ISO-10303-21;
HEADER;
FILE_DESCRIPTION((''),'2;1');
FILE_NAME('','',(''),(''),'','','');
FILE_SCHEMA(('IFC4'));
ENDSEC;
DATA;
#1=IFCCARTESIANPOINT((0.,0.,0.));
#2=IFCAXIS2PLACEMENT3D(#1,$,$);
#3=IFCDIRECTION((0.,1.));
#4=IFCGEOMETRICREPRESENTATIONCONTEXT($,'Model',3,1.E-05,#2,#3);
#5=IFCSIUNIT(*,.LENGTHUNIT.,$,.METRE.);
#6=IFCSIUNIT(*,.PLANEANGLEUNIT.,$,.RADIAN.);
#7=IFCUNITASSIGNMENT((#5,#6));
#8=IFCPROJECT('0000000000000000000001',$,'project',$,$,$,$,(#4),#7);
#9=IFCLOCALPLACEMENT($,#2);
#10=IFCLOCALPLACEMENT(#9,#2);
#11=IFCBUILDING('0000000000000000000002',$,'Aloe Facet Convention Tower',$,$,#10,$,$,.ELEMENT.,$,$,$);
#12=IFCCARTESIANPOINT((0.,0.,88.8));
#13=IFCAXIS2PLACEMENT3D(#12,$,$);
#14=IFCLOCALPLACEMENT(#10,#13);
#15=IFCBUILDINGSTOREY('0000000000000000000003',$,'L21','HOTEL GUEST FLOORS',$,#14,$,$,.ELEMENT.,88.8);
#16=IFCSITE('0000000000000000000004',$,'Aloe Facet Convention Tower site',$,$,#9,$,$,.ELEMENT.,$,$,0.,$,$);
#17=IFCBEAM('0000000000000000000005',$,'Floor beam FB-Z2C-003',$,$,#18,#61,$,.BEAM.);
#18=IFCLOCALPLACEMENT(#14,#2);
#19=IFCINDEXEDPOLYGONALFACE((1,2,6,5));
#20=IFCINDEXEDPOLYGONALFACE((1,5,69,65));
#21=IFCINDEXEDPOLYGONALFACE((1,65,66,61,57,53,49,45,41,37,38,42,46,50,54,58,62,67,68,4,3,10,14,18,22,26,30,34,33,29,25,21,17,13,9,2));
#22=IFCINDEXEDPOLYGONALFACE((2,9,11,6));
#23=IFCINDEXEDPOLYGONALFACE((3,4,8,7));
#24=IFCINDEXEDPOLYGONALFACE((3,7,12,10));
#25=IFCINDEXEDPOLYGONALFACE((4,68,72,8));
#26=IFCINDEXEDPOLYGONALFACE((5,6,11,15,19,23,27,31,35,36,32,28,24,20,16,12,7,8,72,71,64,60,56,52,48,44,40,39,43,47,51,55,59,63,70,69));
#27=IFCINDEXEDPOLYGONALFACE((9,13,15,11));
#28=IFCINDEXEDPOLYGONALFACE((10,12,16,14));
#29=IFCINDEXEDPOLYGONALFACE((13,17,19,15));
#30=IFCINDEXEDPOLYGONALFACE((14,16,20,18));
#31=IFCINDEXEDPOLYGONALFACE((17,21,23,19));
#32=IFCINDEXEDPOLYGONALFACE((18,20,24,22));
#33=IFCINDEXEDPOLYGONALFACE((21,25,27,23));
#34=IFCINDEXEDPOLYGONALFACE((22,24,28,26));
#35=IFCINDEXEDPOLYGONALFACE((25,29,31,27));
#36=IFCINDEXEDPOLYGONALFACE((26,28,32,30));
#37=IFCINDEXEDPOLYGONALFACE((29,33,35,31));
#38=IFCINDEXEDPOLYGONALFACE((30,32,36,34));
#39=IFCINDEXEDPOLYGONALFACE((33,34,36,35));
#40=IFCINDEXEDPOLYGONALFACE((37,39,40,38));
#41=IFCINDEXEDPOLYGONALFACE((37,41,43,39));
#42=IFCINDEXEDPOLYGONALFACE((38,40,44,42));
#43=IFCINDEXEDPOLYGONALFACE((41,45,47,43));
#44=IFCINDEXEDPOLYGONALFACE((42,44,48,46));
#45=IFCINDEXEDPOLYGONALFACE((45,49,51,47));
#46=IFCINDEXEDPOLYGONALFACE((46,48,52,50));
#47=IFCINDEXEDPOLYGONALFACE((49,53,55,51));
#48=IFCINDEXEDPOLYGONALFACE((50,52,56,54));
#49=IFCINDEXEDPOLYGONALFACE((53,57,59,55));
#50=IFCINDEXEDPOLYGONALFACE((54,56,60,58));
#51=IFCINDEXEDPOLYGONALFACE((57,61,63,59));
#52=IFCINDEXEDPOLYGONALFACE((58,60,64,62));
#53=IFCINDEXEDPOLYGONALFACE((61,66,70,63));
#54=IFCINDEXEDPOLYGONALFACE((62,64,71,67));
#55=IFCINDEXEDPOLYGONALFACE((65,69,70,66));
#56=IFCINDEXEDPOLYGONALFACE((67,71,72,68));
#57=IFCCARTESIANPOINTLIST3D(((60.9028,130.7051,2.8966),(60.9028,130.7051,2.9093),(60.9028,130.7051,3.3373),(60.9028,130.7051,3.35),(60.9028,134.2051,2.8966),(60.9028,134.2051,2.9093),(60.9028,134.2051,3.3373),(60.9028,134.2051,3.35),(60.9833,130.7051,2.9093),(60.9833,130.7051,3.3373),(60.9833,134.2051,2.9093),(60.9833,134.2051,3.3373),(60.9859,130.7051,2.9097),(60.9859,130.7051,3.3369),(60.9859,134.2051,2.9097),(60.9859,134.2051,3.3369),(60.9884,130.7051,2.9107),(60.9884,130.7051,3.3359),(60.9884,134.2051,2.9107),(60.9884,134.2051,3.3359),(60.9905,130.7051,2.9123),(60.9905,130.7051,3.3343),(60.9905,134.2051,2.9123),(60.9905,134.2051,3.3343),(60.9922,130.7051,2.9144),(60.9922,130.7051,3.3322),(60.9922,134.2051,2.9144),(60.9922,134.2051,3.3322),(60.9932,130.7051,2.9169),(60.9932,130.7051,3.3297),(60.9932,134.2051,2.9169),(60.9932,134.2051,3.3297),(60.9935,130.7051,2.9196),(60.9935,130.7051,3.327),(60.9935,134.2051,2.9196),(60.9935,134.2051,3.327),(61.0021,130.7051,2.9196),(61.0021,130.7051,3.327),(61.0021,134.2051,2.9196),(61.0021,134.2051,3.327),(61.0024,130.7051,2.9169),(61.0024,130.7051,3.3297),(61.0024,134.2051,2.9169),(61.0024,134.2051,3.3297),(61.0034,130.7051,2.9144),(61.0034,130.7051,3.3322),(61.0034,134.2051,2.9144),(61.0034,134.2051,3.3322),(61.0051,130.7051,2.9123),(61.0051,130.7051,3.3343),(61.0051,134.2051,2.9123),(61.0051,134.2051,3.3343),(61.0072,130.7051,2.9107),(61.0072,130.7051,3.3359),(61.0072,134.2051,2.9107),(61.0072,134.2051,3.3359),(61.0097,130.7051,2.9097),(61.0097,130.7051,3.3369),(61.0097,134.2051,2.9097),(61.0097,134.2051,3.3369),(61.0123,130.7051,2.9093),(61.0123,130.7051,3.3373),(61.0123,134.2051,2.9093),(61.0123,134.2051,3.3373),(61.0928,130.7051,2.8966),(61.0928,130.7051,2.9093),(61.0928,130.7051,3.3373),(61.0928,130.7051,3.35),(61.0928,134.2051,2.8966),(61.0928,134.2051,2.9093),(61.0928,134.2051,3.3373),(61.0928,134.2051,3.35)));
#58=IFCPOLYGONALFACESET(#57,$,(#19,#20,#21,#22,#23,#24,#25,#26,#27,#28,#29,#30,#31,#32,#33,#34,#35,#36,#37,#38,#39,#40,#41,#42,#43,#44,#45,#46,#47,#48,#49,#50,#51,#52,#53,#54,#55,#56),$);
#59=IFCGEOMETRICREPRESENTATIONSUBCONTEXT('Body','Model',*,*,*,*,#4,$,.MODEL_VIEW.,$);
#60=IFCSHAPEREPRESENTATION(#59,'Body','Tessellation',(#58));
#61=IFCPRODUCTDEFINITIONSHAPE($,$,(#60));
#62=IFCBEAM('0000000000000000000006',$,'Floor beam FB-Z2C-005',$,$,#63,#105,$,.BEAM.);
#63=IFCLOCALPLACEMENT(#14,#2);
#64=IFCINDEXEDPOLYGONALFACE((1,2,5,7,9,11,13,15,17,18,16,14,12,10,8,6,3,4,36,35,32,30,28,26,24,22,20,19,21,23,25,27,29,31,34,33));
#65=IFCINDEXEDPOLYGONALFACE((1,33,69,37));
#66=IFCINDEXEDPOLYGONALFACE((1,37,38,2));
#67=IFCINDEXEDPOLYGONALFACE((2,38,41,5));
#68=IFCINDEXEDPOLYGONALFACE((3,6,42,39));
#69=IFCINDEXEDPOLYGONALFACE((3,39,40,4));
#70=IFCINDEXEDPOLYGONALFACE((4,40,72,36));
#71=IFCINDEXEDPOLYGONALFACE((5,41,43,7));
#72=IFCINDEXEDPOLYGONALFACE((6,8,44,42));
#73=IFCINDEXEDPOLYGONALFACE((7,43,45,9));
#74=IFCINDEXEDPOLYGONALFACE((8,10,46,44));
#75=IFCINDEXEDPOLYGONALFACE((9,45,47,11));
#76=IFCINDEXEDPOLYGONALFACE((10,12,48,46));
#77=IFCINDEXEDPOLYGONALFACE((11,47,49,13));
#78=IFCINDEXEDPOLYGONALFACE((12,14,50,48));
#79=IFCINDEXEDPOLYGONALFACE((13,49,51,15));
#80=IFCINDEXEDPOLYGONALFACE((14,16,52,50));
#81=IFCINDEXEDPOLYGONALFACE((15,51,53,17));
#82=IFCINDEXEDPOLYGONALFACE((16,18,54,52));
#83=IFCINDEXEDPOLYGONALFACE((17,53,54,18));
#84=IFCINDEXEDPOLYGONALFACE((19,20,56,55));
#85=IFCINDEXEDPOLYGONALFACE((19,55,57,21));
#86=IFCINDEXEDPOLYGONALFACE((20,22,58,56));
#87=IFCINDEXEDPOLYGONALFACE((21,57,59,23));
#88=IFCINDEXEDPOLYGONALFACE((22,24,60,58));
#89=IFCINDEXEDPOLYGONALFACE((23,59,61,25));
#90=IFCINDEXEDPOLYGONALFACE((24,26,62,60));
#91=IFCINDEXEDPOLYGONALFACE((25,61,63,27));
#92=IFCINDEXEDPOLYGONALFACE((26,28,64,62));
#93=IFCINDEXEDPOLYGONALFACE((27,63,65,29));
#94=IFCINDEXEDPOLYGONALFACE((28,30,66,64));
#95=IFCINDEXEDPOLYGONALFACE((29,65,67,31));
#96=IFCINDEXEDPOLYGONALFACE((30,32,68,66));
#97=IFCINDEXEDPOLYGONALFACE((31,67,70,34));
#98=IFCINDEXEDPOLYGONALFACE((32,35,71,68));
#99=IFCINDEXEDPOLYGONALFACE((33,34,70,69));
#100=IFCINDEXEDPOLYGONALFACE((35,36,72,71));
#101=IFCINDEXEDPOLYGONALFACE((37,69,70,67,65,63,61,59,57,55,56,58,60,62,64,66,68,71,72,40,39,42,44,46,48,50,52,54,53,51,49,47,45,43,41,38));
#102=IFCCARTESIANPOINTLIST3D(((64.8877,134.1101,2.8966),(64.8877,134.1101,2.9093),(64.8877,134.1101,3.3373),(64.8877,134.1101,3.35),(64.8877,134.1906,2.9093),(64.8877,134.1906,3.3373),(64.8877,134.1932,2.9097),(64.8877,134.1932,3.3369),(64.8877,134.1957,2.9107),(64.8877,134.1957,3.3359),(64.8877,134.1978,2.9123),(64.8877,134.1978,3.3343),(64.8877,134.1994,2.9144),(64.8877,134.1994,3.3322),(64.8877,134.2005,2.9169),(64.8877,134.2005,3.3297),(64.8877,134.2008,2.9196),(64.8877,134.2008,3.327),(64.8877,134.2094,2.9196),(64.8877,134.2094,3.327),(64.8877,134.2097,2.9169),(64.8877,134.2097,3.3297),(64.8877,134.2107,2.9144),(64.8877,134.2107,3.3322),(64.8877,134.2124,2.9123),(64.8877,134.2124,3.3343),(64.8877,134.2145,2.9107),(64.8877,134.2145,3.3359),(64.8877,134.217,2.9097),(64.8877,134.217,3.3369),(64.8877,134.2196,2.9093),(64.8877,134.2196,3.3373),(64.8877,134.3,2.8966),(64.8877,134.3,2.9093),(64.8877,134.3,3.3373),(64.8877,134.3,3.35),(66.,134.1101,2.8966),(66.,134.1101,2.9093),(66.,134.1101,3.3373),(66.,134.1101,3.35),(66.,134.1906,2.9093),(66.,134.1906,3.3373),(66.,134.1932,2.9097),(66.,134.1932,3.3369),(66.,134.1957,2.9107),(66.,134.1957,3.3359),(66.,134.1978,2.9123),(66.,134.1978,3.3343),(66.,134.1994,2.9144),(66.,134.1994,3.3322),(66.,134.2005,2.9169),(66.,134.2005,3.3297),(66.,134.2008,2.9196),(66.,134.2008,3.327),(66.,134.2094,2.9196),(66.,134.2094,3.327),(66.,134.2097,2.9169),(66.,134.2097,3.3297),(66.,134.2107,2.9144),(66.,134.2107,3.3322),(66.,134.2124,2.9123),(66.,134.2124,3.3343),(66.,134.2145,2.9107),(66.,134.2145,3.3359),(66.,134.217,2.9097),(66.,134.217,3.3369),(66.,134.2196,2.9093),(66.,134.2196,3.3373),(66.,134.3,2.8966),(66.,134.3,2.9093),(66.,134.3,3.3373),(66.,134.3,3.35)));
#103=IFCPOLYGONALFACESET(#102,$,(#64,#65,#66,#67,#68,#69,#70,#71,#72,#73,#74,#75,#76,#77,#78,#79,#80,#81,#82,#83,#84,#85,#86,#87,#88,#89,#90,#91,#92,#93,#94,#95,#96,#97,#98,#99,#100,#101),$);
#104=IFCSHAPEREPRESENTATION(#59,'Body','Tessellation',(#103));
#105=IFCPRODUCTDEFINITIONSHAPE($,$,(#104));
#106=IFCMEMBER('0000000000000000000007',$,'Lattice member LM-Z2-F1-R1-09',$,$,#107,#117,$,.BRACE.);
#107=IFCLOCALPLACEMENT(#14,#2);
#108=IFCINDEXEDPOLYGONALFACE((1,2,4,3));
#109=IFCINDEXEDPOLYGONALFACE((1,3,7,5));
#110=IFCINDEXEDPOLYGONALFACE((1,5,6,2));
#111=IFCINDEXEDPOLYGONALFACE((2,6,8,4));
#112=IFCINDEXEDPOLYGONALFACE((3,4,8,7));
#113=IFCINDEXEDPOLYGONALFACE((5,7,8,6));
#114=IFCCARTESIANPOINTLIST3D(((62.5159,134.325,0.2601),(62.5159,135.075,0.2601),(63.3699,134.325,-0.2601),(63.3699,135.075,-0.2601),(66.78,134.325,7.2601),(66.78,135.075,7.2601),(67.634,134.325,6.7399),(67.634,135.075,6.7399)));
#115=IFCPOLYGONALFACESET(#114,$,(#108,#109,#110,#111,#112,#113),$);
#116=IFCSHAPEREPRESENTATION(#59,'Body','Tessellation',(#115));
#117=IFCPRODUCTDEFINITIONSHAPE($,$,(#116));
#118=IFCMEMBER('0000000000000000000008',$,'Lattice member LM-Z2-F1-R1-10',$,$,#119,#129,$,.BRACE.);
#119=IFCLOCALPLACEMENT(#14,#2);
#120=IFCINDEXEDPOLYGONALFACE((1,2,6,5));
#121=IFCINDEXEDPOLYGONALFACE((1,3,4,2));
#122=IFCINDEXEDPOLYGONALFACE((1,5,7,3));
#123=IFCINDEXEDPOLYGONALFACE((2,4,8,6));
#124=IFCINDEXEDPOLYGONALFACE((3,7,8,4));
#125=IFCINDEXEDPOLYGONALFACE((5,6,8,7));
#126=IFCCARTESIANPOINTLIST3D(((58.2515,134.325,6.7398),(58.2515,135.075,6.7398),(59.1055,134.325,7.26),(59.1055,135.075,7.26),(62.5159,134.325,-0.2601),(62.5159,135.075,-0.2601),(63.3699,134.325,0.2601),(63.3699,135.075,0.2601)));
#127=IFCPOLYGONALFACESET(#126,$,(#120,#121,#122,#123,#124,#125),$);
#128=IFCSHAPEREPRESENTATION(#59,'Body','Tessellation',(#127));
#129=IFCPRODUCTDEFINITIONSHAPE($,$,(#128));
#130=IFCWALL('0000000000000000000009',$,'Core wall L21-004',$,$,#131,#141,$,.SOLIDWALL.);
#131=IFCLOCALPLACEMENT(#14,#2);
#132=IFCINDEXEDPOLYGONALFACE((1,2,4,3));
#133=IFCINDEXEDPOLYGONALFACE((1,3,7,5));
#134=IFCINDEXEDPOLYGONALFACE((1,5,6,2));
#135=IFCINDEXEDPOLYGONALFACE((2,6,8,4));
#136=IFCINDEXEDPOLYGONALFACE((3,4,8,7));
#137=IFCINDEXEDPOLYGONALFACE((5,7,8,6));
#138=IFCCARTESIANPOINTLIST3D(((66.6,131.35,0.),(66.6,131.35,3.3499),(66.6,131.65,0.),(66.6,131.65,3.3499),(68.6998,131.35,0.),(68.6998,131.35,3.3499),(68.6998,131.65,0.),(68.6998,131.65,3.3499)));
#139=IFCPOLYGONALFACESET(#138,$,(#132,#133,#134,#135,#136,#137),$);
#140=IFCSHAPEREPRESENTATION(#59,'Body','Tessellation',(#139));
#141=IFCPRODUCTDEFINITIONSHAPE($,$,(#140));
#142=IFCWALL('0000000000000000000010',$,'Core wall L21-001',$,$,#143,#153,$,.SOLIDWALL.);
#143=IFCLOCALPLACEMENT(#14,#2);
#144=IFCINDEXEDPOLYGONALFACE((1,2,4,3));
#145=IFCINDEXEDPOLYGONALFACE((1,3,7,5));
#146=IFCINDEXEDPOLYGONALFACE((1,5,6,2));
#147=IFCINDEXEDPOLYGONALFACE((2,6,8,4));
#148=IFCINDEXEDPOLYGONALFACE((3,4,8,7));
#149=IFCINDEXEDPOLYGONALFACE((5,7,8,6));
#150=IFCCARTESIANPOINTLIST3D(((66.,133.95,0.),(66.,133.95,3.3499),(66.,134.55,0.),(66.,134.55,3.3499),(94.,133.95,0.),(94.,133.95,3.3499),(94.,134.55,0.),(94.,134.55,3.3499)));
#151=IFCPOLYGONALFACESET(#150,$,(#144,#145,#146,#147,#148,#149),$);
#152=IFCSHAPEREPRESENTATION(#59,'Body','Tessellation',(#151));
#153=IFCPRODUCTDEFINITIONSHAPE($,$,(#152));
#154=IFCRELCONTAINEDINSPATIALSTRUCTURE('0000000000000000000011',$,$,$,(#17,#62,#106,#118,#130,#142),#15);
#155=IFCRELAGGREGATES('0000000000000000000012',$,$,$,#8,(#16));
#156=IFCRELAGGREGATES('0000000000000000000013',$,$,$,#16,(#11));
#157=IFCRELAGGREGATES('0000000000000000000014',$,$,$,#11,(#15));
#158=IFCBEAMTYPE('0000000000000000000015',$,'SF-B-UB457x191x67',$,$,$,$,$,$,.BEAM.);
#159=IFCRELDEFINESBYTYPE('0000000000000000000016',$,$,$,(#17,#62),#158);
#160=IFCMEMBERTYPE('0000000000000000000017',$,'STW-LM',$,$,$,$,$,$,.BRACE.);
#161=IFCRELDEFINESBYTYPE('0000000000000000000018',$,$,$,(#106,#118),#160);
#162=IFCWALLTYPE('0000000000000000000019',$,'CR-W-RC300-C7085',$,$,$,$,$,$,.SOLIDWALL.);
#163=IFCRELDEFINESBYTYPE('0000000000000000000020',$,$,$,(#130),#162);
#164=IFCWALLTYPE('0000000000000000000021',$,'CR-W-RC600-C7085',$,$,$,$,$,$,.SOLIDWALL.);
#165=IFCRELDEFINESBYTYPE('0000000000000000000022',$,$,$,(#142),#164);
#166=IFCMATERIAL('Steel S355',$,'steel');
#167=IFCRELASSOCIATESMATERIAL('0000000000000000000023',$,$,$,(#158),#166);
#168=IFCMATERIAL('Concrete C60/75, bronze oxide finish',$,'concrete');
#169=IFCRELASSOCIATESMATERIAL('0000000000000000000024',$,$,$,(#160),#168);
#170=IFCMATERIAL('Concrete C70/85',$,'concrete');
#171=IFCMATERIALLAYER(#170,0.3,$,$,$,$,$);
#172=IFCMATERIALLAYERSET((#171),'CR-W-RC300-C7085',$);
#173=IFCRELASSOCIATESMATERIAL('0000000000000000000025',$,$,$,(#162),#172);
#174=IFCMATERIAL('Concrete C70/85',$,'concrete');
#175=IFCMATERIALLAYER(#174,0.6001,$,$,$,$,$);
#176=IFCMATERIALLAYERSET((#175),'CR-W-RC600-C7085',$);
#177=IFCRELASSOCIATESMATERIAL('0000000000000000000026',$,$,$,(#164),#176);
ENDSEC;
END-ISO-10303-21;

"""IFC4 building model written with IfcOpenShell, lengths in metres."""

from ifc_helpers import new_model, si_unit, direction, frame, frame_2d, origin, origin_2d, place, context, subcontext, project, spatial, rectangle, i_section, extrude, material, layer, layer_set, material_profile, profile_set, type_object, element, save


model = new_model("IFC4")

# Units and contexts
model_context = context("Model", 3, precision=1e-05, world=origin(), true_north=direction((0.0, 1.0)))
body_context = subcontext(model_context, "Body", "Model", "MODEL_VIEW")
ifc_project = project(units=[si_unit("LENGTHUNIT", "METRE"), si_unit("PLANEANGLEUNIT", "RADIAN")], contexts=[model_context])

# Site, building, storey
site_placement = place(None, origin())
site = spatial("IfcSite", under=ifc_project, at=site_placement, Name="Aloe Facet Convention Tower site", CompositionType="ELEMENT", RefElevation=0.0)
building_placement = place(site_placement, origin())
building = spatial("IfcBuilding", under=site, at=building_placement, Name="Aloe Facet Convention Tower", CompositionType="ELEMENT")
storey_placement = place(building_placement, frame((0.0, 0.0, 88.8)))
storey = spatial("IfcBuildingStorey", under=building, at=storey_placement, Name="L21", Description="HOTEL GUEST FLOORS", CompositionType="ELEMENT", Elevation=88.8)

# Beams
ifc_material_1 = material(Name="Steel S355", Category="steel")
ifc_material_profile_1 = material_profile(ifc_material_1, i_section(OverallWidth=0.1899, OverallDepth=0.4534, WebThickness=0.0085, FlangeThickness=0.0127, FilletRadius=0.0103, at=origin_2d()), Name="UB 457x191x67")
ifc_profile_set_1 = profile_set([ifc_material_profile_1], Name="Steel S355")
beam_type_1 = type_object("IfcBeamType", Name="SF-B-UB457x191x67", PredefinedType="BEAM", material=ifc_profile_set_1)
beam_1_placement = place(storey_placement, frame((60.9978, 134.2051, 3.1233), z_axis=(0.0, -1.0, 0.0), x_axis=(1.0, 0.0, 0.0)))
element("IfcBeam", 1, at=beam_1_placement, inside=storey, type_object=beam_type_1, Name="Floor beam FB-Z2C-003", PredefinedType="BEAM", context=body_context, shape_type="SweptSolid", body=[
    extrude(i_section(OverallWidth=0.1899, OverallDepth=0.4534, WebThickness=0.0085, FlangeThickness=0.0127, FilletRadius=0.0103, at=origin_2d()), origin(), (0.0, 0.0, 1.0), 3.5),
])
beam_2_placement = place(storey_placement, frame((64.8877, 134.2051, 3.1233), z_axis=(1.0, 0.0, 0.0), x_axis=(0.0, 1.0, 0.0)))
element("IfcBeam", 2, at=beam_2_placement, inside=storey, type_object=beam_type_1, Name="Floor beam FB-Z2C-005", PredefinedType="BEAM", context=body_context, shape_type="SweptSolid", body=[
    extrude(i_section(OverallWidth=0.1899, OverallDepth=0.4534, WebThickness=0.0085, FlangeThickness=0.0127, FilletRadius=0.0103, at=origin_2d()), origin(), (0.0, 0.0, 1.0), 1.1123),
])

# Members
ifc_material_2 = material(Name="Concrete C60/75, bronze oxide finish", Category="concrete")
ifc_material_profile_2 = material_profile(ifc_material_2, rectangle(XDim=0.75, YDim=1.0, at=origin_2d()), Name="STW-LM")
ifc_profile_set_2 = profile_set([ifc_material_profile_2], Name="Concrete C60/75, bronze oxide finish")
member_type = type_object("IfcMemberType", Name="STW-LM", PredefinedType="BRACE", material=ifc_profile_set_2)
for number, where, z_axis, x_axis, name in (
    (3, (62.9429, 134.7, 0.0), (0.52024, 0.0, 0.85402), (0.0, 1.0, 0.0), "Lattice member LM-Z2-F1-R1-09"),
    (4, (62.9429, 134.7, 0.0), (-0.520262, 0.0, 0.854007), (0.0, -1.0, 0.0), "Lattice member LM-Z2-F1-R1-10"),
):
    element("IfcMember", number, at=place(storey_placement, frame(where, z_axis=z_axis, x_axis=x_axis)), inside=storey, type_object=member_type, Name=name, PredefinedType="BRACE", context=body_context, shape_type="SweptSolid", body=[
        extrude(rectangle(XDim=0.75, YDim=1.0, at=origin_2d()), origin(), (0.0, 0.0, 1.0), 8.1965),
    ])

# Walls
ifc_material_3 = material(Name="Concrete C70/85", Category="concrete")
ifc_layer_1 = layer(ifc_material_3, 0.3)
ifc_layer_set_1 = layer_set([ifc_layer_1], Name="CR-W-RC300-C7085")
wall_type_1 = type_object("IfcWallType", Name="CR-W-RC300-C7085", PredefinedType="SOLIDWALL", material=ifc_layer_set_1)
wall_1_placement = place(storey_placement, frame((66.6001, 131.5, 0.0), z_axis=(0.0, 0.0, 1.0), x_axis=(1.0, 0.0, 0.0)))
element("IfcWall", 5, at=wall_1_placement, inside=storey, type_object=wall_type_1, Name="Core wall L21-004", PredefinedType="SOLIDWALL", context=body_context, shape_type="SweptSolid", body=[
    extrude(rectangle(XDim=2.0999, YDim=0.3, at=frame_2d((1.0498, 0.0))), origin(), (0.0, 0.0, 1.0), 3.3499),
])
ifc_material_4 = material(Name="Concrete C70/85", Category="concrete")
ifc_layer_2 = layer(ifc_material_4, 0.6001)
ifc_layer_set_2 = layer_set([ifc_layer_2], Name="CR-W-RC600-C7085")
wall_type_2 = type_object("IfcWallType", Name="CR-W-RC600-C7085", PredefinedType="SOLIDWALL", material=ifc_layer_set_2)
wall_2_placement = place(storey_placement, frame((66.0, 134.25, 0.0), z_axis=(0.0, 0.0, 1.0), x_axis=(1.0, 0.0, 0.0)))
element("IfcWall", 6, at=wall_2_placement, inside=storey, type_object=wall_type_2, Name="Core wall L21-001", PredefinedType="SOLIDWALL", context=body_context, shape_type="SweptSolid", body=[
    extrude(rectangle(XDim=28.0, YDim=0.6001, at=frame_2d((14.0, 0.0))), origin(), (0.0, 0.0, 1.0), 3.3499),
])

save(model, "model.ifc")
